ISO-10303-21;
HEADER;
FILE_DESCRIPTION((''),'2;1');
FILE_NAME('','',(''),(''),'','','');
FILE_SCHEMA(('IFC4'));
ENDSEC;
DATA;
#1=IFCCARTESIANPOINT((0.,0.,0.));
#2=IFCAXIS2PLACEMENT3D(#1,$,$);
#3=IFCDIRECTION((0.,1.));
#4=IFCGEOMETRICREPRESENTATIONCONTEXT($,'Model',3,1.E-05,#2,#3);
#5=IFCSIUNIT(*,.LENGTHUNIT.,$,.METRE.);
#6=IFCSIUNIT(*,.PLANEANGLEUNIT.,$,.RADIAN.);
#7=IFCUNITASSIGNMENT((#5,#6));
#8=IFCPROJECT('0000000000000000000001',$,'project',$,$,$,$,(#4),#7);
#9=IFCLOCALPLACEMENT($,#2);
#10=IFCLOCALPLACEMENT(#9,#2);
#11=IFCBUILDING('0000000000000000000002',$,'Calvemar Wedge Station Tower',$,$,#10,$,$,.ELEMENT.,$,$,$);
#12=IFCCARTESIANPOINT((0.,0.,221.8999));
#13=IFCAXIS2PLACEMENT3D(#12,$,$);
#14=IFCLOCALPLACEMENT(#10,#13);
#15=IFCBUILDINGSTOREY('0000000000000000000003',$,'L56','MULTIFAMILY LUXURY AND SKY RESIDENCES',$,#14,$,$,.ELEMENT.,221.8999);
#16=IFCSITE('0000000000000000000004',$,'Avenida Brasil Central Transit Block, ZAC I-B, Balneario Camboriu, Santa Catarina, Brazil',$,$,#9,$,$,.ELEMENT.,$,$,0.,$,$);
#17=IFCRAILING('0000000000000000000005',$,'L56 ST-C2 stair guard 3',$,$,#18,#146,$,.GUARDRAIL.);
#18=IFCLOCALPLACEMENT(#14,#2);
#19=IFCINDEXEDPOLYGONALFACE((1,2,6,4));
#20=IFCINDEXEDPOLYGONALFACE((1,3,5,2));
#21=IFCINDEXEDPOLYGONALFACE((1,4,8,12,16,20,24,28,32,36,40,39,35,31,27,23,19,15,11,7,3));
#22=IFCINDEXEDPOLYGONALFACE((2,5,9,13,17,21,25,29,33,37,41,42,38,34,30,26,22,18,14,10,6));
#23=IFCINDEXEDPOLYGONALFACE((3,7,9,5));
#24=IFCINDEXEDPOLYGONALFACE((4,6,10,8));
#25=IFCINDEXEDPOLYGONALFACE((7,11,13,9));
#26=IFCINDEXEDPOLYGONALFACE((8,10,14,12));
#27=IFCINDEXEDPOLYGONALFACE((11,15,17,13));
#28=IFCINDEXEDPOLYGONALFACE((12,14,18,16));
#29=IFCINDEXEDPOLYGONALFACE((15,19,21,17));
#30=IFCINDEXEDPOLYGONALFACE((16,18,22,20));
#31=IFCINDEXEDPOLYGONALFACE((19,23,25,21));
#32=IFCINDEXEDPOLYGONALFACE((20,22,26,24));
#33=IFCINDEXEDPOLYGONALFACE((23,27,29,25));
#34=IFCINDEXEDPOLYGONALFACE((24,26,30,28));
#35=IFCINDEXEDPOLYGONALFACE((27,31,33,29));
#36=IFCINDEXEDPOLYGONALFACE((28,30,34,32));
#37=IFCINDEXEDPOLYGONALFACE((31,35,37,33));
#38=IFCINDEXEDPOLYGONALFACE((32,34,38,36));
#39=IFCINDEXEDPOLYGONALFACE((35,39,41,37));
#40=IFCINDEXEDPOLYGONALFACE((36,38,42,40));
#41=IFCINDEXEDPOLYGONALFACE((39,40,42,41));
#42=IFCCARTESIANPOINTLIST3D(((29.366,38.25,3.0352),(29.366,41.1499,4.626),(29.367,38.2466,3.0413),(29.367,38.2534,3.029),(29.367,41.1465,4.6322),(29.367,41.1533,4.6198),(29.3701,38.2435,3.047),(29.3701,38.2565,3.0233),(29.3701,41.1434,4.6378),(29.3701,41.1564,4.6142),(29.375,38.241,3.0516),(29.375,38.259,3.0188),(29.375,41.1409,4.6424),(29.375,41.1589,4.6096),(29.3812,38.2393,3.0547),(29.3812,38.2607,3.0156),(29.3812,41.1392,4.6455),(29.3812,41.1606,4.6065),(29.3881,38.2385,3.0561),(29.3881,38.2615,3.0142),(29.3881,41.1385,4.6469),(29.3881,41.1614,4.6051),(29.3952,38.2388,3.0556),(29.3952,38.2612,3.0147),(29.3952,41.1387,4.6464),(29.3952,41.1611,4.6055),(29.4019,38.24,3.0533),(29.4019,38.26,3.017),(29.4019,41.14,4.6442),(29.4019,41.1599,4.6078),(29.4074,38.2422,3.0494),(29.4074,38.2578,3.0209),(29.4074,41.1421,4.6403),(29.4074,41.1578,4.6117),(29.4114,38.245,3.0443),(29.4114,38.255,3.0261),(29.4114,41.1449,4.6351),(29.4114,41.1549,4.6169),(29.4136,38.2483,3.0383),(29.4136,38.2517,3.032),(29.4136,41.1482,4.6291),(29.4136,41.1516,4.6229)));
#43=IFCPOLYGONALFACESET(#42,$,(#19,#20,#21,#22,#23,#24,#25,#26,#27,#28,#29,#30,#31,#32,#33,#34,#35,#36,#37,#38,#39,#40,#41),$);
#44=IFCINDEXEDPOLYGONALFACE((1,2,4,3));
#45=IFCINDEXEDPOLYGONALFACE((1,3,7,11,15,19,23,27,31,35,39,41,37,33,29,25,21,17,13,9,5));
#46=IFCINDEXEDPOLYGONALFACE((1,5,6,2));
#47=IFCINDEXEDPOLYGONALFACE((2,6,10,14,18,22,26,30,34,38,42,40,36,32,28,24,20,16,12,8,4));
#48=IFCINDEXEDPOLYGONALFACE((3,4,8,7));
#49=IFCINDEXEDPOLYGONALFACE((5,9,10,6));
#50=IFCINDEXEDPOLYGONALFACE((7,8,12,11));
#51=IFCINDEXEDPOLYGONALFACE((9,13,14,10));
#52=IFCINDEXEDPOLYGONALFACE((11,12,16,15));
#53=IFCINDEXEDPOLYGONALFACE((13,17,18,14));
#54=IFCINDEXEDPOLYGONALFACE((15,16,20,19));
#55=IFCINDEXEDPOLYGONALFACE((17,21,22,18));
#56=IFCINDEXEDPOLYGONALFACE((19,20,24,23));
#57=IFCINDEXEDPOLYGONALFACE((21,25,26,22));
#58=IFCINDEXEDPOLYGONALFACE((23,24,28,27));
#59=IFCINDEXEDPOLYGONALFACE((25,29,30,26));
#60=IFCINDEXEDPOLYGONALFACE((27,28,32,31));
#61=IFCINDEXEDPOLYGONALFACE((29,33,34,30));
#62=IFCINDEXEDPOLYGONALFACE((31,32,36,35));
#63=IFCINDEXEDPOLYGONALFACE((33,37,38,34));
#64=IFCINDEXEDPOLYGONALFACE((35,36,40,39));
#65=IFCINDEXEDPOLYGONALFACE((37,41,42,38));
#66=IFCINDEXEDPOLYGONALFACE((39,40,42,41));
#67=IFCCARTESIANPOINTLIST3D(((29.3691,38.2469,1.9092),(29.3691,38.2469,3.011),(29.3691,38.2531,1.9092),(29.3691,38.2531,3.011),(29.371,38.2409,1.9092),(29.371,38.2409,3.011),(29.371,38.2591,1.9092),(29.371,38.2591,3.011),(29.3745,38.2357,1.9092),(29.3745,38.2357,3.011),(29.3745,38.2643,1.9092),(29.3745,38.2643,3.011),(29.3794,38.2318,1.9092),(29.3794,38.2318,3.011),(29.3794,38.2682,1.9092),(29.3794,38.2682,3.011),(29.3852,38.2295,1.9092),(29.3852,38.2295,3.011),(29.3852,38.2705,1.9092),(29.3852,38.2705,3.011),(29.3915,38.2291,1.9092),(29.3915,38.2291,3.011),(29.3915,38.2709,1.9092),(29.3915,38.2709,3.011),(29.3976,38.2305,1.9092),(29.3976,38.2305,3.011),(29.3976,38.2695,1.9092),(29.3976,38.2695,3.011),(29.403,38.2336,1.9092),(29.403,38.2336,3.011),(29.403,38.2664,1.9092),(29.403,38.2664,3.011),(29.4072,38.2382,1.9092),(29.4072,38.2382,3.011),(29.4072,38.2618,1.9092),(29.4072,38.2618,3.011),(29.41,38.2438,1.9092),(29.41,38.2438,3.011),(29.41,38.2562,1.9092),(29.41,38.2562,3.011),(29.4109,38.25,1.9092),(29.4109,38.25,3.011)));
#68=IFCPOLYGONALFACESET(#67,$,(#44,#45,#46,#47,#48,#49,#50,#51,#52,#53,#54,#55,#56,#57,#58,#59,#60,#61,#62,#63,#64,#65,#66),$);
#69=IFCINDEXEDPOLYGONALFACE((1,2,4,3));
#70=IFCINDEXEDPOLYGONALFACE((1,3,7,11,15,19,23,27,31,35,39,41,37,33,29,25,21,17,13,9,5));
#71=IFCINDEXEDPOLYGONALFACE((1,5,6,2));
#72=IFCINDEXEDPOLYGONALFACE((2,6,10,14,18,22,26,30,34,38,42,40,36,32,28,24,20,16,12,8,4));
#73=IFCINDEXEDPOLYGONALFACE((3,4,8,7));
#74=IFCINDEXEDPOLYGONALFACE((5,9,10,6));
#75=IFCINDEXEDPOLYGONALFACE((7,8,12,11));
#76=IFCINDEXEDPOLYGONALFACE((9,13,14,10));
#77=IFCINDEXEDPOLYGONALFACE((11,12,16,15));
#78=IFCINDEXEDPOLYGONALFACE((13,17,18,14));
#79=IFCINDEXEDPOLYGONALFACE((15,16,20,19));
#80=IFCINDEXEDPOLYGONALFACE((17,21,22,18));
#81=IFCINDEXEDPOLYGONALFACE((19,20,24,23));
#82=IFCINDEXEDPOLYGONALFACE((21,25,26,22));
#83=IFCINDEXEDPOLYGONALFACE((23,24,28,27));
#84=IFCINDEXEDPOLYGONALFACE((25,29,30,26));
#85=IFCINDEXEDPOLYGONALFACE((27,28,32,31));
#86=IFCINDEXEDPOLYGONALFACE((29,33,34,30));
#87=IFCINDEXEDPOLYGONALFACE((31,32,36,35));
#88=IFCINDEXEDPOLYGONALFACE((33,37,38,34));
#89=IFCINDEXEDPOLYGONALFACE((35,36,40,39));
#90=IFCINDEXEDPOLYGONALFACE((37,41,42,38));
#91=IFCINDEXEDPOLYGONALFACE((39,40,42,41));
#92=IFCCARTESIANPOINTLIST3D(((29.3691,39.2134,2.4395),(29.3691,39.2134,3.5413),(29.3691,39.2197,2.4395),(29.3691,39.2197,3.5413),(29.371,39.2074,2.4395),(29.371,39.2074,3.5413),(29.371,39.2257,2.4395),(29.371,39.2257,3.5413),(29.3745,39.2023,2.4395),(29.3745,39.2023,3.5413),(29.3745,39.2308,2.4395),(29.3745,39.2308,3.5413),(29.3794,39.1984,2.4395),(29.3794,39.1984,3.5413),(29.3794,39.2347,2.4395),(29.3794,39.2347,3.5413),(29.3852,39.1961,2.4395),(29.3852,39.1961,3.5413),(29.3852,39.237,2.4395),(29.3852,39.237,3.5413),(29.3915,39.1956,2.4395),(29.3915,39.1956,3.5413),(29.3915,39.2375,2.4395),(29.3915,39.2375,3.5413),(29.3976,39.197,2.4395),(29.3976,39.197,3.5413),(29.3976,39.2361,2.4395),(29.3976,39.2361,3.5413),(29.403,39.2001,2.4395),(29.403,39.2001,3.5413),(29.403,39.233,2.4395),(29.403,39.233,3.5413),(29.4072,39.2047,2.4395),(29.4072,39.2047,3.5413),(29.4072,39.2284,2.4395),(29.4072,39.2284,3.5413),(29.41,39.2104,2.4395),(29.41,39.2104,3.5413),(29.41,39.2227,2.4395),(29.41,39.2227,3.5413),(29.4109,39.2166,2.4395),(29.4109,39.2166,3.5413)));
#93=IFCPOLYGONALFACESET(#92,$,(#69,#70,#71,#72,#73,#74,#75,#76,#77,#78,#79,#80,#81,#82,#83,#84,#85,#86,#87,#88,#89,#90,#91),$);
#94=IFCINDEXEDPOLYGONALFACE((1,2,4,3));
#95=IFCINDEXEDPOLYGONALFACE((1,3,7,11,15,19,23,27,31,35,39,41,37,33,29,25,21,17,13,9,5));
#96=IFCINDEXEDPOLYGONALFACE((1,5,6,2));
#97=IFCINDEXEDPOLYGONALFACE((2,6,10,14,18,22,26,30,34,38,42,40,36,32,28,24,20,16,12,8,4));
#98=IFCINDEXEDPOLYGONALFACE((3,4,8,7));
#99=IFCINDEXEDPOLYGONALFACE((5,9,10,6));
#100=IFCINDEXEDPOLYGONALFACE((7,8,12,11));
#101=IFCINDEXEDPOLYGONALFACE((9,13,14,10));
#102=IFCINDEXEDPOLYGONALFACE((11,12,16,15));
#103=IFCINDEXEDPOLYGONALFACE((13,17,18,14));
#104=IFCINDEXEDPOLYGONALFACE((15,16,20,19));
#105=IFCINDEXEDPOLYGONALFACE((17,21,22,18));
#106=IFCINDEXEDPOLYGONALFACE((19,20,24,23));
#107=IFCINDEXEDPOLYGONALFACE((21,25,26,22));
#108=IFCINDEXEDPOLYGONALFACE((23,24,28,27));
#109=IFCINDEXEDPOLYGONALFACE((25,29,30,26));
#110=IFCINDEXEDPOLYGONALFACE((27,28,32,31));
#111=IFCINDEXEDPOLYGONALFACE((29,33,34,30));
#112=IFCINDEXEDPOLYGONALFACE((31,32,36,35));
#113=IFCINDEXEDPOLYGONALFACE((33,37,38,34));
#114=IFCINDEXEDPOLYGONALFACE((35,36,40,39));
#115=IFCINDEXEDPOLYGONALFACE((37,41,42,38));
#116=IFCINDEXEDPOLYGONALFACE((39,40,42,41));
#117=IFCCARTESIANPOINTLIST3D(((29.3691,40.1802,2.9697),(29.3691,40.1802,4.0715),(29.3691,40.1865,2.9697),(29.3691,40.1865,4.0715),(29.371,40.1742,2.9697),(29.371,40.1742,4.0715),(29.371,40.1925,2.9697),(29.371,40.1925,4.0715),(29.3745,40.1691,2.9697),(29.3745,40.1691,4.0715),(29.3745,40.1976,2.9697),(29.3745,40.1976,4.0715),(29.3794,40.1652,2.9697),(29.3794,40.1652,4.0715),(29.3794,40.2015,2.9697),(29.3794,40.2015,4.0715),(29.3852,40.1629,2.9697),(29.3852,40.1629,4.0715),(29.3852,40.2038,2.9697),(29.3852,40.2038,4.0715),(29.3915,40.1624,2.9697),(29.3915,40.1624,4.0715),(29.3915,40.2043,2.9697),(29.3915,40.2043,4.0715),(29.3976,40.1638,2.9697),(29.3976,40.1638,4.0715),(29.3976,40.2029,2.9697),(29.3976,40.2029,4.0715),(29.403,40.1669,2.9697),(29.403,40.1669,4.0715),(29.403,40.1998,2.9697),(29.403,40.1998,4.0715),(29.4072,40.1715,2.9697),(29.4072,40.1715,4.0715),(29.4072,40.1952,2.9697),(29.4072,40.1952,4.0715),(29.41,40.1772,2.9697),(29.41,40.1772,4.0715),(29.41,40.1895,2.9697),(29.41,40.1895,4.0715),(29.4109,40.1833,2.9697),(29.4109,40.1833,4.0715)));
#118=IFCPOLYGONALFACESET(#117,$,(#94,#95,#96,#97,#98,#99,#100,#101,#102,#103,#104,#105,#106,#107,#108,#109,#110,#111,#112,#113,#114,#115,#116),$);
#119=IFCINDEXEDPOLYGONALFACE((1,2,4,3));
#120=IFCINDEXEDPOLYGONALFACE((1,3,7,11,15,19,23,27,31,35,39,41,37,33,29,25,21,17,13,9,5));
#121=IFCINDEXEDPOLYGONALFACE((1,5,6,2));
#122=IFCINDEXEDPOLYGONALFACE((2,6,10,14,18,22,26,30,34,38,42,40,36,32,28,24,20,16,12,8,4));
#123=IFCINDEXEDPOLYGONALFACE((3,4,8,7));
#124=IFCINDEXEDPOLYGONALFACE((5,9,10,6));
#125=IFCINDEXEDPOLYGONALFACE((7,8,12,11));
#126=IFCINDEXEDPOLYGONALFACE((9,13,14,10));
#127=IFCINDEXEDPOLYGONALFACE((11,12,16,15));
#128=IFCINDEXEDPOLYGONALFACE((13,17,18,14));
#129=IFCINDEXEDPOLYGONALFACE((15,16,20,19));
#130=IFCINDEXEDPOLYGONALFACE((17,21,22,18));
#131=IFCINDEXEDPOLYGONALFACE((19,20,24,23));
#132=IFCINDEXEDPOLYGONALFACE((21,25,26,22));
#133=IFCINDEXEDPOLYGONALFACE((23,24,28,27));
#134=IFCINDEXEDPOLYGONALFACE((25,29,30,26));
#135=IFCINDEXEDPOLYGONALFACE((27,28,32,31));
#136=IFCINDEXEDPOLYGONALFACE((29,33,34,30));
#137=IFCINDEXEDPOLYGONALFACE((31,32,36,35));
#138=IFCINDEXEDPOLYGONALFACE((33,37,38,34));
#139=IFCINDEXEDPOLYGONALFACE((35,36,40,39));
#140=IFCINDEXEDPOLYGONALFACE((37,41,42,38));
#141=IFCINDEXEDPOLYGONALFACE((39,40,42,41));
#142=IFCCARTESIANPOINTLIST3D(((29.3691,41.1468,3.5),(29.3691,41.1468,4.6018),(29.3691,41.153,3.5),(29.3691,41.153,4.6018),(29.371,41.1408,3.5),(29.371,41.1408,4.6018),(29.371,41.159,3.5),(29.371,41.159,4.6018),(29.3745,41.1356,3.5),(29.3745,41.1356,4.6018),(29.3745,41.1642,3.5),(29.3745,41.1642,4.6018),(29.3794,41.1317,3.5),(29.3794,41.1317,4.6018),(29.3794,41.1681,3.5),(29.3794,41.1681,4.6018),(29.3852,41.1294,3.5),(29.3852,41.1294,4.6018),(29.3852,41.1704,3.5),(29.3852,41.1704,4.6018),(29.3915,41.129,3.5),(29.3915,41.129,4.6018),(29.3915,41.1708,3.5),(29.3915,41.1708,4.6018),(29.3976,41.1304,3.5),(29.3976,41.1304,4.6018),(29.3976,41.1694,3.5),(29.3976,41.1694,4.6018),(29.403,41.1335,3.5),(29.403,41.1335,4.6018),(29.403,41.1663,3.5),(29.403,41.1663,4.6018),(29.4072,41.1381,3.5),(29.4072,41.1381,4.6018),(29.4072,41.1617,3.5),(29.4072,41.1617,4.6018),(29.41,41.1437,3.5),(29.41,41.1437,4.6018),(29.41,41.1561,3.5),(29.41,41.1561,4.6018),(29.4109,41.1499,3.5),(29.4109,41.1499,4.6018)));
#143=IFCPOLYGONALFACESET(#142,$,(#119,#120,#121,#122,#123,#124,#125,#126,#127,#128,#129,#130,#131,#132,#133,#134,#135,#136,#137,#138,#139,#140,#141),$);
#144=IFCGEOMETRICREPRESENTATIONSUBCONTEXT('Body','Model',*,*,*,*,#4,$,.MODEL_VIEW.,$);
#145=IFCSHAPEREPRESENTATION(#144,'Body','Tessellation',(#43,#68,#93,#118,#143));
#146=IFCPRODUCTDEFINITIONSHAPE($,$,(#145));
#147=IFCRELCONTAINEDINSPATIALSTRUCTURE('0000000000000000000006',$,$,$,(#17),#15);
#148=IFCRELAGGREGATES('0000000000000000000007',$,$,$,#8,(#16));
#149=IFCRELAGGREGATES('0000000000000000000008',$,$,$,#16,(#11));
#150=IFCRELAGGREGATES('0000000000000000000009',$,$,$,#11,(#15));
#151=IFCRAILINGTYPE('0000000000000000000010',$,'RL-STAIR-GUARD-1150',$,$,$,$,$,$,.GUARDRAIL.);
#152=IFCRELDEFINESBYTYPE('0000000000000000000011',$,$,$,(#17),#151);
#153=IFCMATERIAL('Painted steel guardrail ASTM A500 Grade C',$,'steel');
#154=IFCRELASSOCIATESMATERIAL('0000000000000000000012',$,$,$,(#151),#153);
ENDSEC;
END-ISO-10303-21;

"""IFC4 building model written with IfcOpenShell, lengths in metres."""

from ifc_helpers import new_model, si_unit, direction, frame, origin, origin_2d, place, context, subcontext, project, spatial, circle, extrude, material, type_object, element, save


model = new_model("IFC4")

# Units and contexts
model_context = context("Model", 3, precision=1e-05, world=origin(), true_north=direction((0.0, 1.0)))
body_context = subcontext(model_context, "Body", "Model", "MODEL_VIEW")
ifc_project = project(units=[si_unit("LENGTHUNIT", "METRE"), si_unit("PLANEANGLEUNIT", "RADIAN")], contexts=[model_context])

# Site, building, storey
site_placement = place(None, origin())
site = spatial("IfcSite", under=ifc_project, at=site_placement, Name="Avenida Brasil Central Transit Block, ZAC I-B, Balneario Camboriu, Santa Catarina, Brazil", CompositionType="ELEMENT", RefElevation=0.0)
building_placement = place(site_placement, origin())
building = spatial("IfcBuilding", under=site, at=building_placement, Name="Calvemar Wedge Station Tower", CompositionType="ELEMENT")
storey_placement = place(building_placement, frame((0.0, 0.0, 221.8999)))
storey = spatial("IfcBuildingStorey", under=building, at=storey_placement, Name="L56", Description="MULTIFAMILY LUXURY AND SKY RESIDENCES", CompositionType="ELEMENT", Elevation=221.8999)

# Railing
ifc_material_1 = material(Name="Painted steel guardrail ASTM A500 Grade C", Category="steel")
railing_type_1 = type_object("IfcRailingType", Name="RL-STAIR-GUARD-1150", PredefinedType="GUARDRAIL", material=ifc_material_1)
railing_1_placement = place(storey_placement, frame((29.3899, 38.25, 1.9092)))
element("IfcRailing", 1, at=railing_1_placement, inside=storey, type_object=railing_type_1, Name="L56 ST-C2 stair guard 3", PredefinedType="GUARDRAIL", context=body_context, shape_type="SweptSolid", body=[
    extrude(circle(Radius=0.0239, at=origin_2d()), frame((0.0, 0.0, 1.126), z_axis=(0.0, 0.876742, 0.480961), x_axis=(-1.0, 0.0, 0.0)), (0.0, 0.0, 1.0), 3.3076),
    extrude(circle(Radius=0.021, at=origin_2d()), origin(), (0.0, 0.0, 1.0), 1.1018),
    extrude(circle(Radius=0.021, at=origin_2d()), frame((0.0, 0.9666, 0.5303)), (0.0, 0.0, 1.0), 1.1018),
    extrude(circle(Radius=0.021, at=origin_2d()), frame((0.0, 1.9333, 1.0605)), (0.0, 0.0, 1.0), 1.1018),
    extrude(circle(Radius=0.021, at=origin_2d()), frame((0.0, 2.8999, 1.5908)), (0.0, 0.0, 1.0), 1.1018),
])

save(model, "model.ifc")
